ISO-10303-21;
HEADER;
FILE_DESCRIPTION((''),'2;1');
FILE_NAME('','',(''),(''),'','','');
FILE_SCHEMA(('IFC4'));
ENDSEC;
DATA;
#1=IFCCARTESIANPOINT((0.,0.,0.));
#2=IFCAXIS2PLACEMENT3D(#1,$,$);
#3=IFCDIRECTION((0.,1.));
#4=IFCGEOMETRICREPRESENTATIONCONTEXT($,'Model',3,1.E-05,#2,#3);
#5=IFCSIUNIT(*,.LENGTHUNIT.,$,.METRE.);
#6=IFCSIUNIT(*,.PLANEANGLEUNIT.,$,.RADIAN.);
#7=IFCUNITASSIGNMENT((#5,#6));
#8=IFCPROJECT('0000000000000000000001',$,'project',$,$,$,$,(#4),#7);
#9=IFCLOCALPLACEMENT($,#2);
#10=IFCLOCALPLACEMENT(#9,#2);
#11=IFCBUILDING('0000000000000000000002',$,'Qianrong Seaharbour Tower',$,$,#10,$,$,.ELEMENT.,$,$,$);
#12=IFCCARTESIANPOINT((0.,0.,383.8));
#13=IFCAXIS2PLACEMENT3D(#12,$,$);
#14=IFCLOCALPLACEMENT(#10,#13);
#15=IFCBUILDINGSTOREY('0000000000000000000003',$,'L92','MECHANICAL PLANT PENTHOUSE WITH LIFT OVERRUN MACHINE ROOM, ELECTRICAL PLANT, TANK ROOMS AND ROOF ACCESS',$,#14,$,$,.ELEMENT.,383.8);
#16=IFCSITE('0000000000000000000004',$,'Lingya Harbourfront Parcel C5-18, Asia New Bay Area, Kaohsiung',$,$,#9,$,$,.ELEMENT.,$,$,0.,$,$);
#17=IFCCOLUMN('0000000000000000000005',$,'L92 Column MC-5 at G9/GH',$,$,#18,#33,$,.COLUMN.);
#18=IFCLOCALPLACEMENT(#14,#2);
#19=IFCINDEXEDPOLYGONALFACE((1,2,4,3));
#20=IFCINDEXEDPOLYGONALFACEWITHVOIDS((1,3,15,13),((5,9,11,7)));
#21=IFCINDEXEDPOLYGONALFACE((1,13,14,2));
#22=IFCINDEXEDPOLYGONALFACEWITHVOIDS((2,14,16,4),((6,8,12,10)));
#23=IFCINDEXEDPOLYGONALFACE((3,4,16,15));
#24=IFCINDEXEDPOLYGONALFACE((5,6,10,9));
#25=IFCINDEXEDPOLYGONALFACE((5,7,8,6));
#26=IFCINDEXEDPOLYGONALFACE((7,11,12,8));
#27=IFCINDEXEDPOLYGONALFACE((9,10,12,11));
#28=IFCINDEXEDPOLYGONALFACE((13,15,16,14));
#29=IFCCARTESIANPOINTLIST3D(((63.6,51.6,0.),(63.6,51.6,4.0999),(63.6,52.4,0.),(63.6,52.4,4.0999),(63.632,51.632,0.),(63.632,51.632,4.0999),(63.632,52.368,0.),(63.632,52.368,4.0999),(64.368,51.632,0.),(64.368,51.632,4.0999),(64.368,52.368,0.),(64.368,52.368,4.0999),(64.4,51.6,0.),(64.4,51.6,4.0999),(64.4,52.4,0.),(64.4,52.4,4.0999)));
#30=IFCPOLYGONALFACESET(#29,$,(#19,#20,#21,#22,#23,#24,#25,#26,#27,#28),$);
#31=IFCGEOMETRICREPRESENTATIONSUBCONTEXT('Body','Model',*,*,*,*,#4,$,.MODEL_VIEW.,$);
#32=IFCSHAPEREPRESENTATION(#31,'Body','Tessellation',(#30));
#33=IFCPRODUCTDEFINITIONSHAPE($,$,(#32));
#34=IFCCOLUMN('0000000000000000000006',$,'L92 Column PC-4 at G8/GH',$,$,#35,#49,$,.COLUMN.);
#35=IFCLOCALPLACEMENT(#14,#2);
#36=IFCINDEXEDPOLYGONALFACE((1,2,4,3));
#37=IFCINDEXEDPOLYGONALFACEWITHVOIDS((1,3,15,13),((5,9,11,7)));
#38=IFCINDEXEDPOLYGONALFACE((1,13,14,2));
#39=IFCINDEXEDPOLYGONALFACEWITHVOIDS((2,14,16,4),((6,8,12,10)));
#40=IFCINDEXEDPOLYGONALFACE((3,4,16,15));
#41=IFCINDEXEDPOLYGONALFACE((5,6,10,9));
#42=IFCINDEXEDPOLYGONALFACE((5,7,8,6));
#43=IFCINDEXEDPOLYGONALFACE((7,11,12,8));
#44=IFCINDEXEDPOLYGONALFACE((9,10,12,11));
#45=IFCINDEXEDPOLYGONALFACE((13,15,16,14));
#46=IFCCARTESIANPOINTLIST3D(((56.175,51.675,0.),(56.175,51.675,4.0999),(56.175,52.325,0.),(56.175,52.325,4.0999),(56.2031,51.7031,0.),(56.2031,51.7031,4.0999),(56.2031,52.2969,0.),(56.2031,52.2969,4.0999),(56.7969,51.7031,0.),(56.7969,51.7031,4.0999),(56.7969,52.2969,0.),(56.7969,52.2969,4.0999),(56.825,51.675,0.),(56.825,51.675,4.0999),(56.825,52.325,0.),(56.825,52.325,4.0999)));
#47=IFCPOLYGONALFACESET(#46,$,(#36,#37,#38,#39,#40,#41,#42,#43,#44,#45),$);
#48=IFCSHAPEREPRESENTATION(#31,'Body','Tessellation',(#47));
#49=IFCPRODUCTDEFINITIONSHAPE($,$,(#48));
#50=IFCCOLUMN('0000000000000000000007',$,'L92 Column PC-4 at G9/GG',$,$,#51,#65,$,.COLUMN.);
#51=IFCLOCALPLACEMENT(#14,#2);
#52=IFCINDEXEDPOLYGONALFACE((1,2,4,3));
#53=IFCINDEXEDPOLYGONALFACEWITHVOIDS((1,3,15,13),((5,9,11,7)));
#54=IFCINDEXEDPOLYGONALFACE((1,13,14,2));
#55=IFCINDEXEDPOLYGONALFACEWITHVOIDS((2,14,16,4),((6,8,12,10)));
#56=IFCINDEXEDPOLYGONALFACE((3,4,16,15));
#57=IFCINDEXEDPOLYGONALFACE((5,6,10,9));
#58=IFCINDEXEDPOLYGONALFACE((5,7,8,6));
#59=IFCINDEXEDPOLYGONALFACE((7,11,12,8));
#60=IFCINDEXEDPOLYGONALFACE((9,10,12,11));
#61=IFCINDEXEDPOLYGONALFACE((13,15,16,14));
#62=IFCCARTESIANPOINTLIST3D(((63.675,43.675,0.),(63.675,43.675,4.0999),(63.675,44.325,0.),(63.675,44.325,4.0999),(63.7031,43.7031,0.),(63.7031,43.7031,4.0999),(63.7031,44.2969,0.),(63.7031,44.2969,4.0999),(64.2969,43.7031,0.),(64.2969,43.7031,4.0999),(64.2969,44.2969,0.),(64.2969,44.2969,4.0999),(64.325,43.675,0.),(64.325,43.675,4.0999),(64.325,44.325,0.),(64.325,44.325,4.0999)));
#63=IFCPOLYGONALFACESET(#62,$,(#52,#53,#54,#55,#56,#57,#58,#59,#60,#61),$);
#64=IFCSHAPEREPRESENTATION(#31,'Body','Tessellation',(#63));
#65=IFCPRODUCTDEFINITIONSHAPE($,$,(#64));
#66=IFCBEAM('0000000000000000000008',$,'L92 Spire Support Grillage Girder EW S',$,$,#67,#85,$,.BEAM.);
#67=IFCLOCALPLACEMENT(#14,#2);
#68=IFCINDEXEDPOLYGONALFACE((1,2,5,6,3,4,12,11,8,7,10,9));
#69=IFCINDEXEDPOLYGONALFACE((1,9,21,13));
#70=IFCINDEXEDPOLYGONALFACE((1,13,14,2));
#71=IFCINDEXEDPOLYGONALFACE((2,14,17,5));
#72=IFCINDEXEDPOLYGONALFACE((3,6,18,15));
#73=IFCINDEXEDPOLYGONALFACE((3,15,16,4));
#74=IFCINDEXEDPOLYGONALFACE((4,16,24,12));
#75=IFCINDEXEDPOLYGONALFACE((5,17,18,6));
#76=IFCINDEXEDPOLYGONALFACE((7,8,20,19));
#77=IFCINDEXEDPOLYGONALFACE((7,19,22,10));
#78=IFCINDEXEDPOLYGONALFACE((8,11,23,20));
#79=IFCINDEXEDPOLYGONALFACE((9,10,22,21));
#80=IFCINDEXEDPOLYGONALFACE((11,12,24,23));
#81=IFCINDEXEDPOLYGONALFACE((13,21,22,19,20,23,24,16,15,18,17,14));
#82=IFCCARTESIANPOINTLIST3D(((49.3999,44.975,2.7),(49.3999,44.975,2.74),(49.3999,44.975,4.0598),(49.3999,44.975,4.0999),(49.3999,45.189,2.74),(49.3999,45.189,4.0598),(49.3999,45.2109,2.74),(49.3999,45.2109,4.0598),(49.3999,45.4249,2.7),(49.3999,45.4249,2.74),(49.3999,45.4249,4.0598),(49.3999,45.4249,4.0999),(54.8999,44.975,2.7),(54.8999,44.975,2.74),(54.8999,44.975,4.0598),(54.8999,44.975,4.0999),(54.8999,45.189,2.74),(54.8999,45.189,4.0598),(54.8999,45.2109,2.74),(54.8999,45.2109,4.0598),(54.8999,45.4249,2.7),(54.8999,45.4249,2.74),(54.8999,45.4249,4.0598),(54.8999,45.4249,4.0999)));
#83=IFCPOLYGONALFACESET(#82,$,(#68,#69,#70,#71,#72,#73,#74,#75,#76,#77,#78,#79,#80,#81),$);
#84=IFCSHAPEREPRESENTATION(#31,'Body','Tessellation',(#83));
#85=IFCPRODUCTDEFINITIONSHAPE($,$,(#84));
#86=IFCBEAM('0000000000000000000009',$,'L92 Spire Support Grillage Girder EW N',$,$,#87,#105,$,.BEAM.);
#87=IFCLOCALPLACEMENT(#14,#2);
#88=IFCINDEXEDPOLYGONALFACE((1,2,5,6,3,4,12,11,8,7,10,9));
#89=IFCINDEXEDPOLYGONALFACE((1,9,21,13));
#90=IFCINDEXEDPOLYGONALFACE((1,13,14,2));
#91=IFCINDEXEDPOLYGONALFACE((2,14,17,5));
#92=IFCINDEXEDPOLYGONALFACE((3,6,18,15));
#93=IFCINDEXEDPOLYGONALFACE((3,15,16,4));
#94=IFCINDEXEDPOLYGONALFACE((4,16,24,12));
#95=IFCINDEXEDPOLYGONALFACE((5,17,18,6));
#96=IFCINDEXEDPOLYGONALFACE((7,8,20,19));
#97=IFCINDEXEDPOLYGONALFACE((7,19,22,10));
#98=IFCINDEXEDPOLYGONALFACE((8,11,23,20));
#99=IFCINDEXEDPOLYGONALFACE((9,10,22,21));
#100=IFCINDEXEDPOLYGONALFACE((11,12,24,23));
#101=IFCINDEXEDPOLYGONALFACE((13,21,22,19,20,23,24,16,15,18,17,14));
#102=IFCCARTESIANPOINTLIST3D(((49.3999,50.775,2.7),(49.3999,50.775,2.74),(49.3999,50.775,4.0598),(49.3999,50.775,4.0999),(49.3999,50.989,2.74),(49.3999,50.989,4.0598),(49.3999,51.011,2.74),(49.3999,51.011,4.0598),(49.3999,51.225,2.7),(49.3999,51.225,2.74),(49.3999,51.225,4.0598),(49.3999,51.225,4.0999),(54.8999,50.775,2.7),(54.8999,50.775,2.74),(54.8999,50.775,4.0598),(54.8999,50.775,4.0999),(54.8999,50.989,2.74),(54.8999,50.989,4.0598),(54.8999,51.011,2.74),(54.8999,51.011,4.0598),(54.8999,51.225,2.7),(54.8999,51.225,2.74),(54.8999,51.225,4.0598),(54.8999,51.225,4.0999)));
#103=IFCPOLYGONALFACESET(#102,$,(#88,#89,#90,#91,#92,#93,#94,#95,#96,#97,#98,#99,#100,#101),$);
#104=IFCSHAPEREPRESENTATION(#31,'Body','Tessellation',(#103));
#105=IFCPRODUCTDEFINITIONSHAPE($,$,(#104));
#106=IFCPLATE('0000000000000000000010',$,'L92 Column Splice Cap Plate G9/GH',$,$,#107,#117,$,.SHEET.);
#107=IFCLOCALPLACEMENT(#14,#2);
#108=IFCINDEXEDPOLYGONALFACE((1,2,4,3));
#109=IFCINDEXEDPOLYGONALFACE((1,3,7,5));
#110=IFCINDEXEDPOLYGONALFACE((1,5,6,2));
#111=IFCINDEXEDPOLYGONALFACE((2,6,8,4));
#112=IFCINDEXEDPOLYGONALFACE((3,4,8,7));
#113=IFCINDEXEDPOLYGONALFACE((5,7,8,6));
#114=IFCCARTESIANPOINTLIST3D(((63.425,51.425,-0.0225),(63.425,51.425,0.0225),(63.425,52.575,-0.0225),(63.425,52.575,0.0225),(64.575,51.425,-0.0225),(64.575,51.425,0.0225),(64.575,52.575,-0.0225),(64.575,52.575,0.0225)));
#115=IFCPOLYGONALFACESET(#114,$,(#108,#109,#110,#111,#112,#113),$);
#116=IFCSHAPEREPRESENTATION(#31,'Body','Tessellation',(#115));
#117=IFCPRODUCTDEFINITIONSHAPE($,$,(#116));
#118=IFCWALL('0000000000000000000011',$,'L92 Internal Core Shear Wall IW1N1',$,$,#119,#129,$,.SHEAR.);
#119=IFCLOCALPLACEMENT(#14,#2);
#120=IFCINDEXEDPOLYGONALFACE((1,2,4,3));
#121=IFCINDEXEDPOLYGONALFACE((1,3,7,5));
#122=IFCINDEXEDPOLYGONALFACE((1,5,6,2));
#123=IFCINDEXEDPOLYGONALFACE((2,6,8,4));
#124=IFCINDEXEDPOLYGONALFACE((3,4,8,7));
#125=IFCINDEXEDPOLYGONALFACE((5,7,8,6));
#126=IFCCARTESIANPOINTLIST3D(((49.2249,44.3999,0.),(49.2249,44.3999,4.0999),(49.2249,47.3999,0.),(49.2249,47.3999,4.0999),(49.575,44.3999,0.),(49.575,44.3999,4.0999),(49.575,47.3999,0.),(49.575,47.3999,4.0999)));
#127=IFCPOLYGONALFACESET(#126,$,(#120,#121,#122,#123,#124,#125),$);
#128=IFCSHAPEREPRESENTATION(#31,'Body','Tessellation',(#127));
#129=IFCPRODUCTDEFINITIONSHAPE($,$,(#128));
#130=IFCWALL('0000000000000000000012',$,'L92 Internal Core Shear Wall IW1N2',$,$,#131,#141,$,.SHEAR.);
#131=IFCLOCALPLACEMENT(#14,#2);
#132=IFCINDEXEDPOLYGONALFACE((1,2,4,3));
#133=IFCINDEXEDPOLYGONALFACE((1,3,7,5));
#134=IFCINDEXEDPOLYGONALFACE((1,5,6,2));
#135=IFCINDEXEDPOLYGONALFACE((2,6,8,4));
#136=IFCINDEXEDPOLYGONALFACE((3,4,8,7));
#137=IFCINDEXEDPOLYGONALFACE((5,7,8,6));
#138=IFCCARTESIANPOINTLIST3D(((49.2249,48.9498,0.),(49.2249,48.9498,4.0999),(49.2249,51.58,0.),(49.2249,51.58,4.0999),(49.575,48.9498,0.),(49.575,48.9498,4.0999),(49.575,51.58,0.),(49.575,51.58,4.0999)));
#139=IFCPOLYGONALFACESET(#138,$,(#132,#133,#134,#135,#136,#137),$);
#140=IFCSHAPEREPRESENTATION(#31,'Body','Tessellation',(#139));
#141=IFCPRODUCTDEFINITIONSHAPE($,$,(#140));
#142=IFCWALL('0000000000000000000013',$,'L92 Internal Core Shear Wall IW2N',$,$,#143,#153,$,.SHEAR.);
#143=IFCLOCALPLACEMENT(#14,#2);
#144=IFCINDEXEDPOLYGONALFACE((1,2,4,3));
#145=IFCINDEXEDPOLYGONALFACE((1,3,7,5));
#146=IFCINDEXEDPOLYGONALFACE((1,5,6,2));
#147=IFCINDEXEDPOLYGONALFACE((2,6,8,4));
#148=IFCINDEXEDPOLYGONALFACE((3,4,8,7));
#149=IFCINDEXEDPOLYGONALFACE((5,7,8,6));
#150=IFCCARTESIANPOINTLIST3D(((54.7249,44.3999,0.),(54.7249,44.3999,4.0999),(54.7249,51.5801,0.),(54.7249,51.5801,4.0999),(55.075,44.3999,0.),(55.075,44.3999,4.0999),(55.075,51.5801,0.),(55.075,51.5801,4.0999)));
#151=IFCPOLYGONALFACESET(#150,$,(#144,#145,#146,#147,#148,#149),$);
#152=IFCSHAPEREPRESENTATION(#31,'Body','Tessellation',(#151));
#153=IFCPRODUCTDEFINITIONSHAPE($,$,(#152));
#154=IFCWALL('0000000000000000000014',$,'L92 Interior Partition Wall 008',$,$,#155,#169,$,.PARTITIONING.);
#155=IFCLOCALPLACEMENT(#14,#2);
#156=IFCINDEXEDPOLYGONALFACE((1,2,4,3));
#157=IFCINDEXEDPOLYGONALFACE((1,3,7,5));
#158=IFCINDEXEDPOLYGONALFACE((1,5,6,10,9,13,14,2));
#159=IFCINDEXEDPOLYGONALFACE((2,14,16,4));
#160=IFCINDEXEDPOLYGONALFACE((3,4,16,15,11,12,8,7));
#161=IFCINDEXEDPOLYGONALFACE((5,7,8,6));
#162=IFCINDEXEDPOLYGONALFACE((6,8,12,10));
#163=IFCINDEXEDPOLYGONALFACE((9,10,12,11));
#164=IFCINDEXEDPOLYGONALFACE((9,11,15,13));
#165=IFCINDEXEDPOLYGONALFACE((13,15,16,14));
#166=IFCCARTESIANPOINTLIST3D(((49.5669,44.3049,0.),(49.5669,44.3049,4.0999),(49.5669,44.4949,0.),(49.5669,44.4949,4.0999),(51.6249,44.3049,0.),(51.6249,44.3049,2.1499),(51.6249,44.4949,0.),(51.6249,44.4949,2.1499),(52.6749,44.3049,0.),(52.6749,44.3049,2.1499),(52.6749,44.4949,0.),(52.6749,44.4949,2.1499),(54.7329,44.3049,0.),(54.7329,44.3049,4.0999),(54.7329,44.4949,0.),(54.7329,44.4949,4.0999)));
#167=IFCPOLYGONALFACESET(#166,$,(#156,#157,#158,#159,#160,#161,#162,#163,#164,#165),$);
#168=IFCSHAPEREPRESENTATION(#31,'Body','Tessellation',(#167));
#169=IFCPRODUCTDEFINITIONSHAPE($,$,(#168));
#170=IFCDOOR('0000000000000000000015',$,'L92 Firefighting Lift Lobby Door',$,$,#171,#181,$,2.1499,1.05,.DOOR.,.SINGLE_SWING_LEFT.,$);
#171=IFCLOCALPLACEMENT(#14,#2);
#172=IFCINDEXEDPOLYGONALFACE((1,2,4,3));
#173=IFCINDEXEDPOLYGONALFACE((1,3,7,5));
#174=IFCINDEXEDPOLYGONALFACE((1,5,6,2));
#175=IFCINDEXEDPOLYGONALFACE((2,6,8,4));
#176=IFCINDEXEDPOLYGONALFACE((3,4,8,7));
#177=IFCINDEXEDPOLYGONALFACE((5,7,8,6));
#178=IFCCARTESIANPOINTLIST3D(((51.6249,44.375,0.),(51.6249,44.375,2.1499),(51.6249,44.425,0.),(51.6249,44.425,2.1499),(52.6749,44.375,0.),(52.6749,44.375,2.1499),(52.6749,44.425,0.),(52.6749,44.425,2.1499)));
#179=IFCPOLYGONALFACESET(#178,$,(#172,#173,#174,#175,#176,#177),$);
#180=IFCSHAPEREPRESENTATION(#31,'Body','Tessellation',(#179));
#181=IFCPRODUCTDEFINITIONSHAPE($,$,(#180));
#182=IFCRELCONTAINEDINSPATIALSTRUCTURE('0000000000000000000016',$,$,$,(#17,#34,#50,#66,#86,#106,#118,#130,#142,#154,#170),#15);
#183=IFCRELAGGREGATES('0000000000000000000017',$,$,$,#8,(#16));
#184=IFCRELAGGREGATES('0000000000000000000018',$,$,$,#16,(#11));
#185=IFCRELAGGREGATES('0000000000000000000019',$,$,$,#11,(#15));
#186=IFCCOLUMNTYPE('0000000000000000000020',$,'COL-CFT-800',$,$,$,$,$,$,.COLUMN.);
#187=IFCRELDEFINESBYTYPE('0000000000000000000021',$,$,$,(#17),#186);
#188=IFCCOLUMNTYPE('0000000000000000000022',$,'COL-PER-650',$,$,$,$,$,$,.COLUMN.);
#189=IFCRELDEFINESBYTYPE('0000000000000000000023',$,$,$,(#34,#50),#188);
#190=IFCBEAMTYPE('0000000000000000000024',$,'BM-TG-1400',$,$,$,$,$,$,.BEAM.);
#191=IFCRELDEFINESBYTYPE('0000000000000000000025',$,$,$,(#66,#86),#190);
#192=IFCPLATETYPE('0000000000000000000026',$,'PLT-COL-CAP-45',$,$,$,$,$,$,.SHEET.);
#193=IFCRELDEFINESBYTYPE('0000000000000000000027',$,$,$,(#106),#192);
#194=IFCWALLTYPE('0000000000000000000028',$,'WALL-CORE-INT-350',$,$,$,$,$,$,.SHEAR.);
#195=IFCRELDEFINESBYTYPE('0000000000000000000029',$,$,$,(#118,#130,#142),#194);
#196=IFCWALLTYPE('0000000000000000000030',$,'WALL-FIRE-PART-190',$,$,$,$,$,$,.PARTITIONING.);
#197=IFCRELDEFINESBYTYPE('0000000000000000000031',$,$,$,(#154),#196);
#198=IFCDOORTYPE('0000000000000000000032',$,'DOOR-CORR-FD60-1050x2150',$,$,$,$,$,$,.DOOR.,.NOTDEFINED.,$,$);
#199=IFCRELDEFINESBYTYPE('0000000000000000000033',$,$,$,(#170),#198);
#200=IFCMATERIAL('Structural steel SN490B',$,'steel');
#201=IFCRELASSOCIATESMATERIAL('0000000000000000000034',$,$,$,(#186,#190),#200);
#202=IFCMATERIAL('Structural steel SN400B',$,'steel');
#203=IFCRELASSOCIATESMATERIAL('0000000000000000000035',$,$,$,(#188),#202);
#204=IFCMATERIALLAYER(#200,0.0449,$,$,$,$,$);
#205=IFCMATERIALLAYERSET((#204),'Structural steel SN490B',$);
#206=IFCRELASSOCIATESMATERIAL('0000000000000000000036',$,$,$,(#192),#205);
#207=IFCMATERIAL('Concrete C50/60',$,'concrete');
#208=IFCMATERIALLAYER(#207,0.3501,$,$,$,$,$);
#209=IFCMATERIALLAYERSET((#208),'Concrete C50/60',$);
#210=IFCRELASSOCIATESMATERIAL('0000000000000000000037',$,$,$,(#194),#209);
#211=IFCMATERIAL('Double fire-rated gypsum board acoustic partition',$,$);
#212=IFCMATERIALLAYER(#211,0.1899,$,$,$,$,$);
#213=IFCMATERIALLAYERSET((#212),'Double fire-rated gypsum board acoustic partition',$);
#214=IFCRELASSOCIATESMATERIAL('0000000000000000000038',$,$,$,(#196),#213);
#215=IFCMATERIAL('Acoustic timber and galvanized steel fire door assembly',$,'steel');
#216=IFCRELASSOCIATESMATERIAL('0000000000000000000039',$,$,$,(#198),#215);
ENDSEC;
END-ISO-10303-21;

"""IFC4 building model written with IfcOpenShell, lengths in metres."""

from ifc_helpers import new_model, si_unit, direction, frame, frame_2d, origin, origin_2d, place, context, subcontext, project, spatial, rectangle, hollow_rectangle, i_section, extrude, material, layer, layer_set, material_profile, profile_set, type_object, element, fill, save


model = new_model("IFC4")

# Units and contexts
model_context = context("Model", 3, precision=1e-05, world=origin(), true_north=direction((0.0, 1.0)))
body_context = subcontext(model_context, "Body", "Model", "MODEL_VIEW")
ifc_project = project(units=[si_unit("LENGTHUNIT", "METRE"), si_unit("PLANEANGLEUNIT", "RADIAN")], contexts=[model_context])

# Site, building, storey
site_placement = place(None, origin())
site = spatial("IfcSite", under=ifc_project, at=site_placement, Name="Lingya Harbourfront Parcel C5-18, Asia New Bay Area, Kaohsiung", CompositionType="ELEMENT", RefElevation=0.0)
building_placement = place(site_placement, origin())
building = spatial("IfcBuilding", under=site, at=building_placement, Name="Qianrong Seaharbour Tower", CompositionType="ELEMENT")
storey_placement = place(building_placement, frame((0.0, 0.0, 383.8)))
storey = spatial("IfcBuildingStorey", under=building, at=storey_placement, Name="L92", Description="MECHANICAL PLANT PENTHOUSE WITH LIFT OVERRUN MACHINE ROOM, ELECTRICAL PLANT, TANK ROOMS AND ROOF ACCESS", CompositionType="ELEMENT", Elevation=383.8)

# Columns
ifc_material_1 = material(Name="Structural steel SN490B", Category="steel")
ifc_material_profile_1 = material_profile(ifc_material_1, hollow_rectangle(XDim=0.8, YDim=0.8, WallThickness=0.032, at=origin_2d()), Name="BOX800x800x32")
ifc_profile_set_1 = profile_set([ifc_material_profile_1], Name="Structural steel SN490B")
column_type_1 = type_object("IfcColumnType", Name="COL-CFT-800", PredefinedType="COLUMN", material=ifc_profile_set_1)
column_placement = place(storey_placement, frame((64.0, 52.0, 0.0), z_axis=(0.0, 0.0, 1.0), x_axis=(1.0, 0.0, 0.0)))
element("IfcColumn", 1, at=column_placement, inside=storey, type_object=column_type_1, Name="L92 Column MC-5 at G9/GH", PredefinedType="COLUMN", context=body_context, shape_type="SweptSolid", body=[
    extrude(hollow_rectangle(XDim=0.8, YDim=0.8, WallThickness=0.032, at=origin_2d()), origin(), (0.0, 0.0, 1.0), 4.0999),
])
ifc_material_2 = material(Name="Structural steel SN400B", Category="steel")
ifc_material_profile_2 = material_profile(ifc_material_2, hollow_rectangle(XDim=0.6499, YDim=0.6499, WallThickness=0.0281, at=origin_2d()), Name="BOX650x650x28")
ifc_profile_set_2 = profile_set([ifc_material_profile_2], Name="Structural steel SN400B")
column_type_2 = type_object("IfcColumnType", Name="COL-PER-650", PredefinedType="COLUMN", material=ifc_profile_set_2)
for number, where, z_axis, x_axis, name in (
    (2, (56.5, 52.0, 0.0), (0.0, 0.0, 1.0), (1.0, 0.0, 0.0), "L92 Column PC-4 at G8/GH"),
    (3, (64.0, 44.0, 0.0), (0.0, 0.0, 1.0), (1.0, 0.0, 0.0), "L92 Column PC-4 at G9/GG"),
):
    element("IfcColumn", number, at=place(storey_placement, frame(where, z_axis=z_axis, x_axis=x_axis)), inside=storey, type_object=column_type_2, Name=name, PredefinedType="COLUMN", context=body_context, shape_type="SweptSolid", body=[
        extrude(hollow_rectangle(XDim=0.6499, YDim=0.6499, WallThickness=0.0281, at=origin_2d()), origin(), (0.0, 0.0, 1.0), 4.0999),
    ])

# Beams
ifc_material_profile_3 = material_profile(ifc_material_1, i_section(OverallWidth=0.45, OverallDepth=1.3999, WebThickness=0.022, FlangeThickness=0.04, at=origin_2d()), Name="BH1400x450x22x40")
ifc_profile_set_3 = profile_set([ifc_material_profile_3], Name="Structural steel SN490B")
beam_type = type_object("IfcBeamType", Name="BM-TG-1400", PredefinedType="BEAM", material=ifc_profile_set_3)
for number, where, z_axis, x_axis, name in (
    (4, (49.3999, 45.2, 3.3999), (1.0, 0.0, 0.0), (0.0, 1.0, 0.0), "L92 Spire Support Grillage Girder EW S"),
    (5, (49.3999, 51.0, 3.3999), (1.0, 0.0, 0.0), (0.0, 1.0, 0.0), "L92 Spire Support Grillage Girder EW N"),
):
    element("IfcBeam", number, at=place(storey_placement, frame(where, z_axis=z_axis, x_axis=x_axis)), inside=storey, type_object=beam_type, Name=name, PredefinedType="BEAM", context=body_context, shape_type="SweptSolid", body=[
        extrude(i_section(OverallWidth=0.45, OverallDepth=1.3999, WebThickness=0.022, FlangeThickness=0.04, at=origin_2d()), origin(), (0.0, 0.0, 1.0), 5.5),
    ])

# Plate
ifc_layer_1 = layer(ifc_material_1, 0.0449)
ifc_layer_set_1 = layer_set([ifc_layer_1], Name="Structural steel SN490B")
plate_type = type_object("IfcPlateType", Name="PLT-COL-CAP-45", PredefinedType="SHEET", material=ifc_layer_set_1)
plate_placement = place(storey_placement, frame((64.0, 52.0, -0.0225), z_axis=(0.0, 0.0, 1.0), x_axis=(1.0, 0.0, 0.0)))
element("IfcPlate", 6, at=plate_placement, inside=storey, type_object=plate_type, Name="L92 Column Splice Cap Plate G9/GH", PredefinedType="SHEET", context=body_context, shape_type="SweptSolid", body=[
    extrude(rectangle(XDim=1.1499, YDim=1.1499, at=origin_2d()), origin(), (0.0, 0.0, 1.0), 0.0449),
])

# Walls
ifc_material_3 = material(Name="Concrete C50/60", Category="concrete")
ifc_layer_2 = layer(ifc_material_3, 0.3501)
ifc_layer_set_2 = layer_set([ifc_layer_2], Name="Concrete C50/60")
wall_type_1 = type_object("IfcWallType", Name="WALL-CORE-INT-350", PredefinedType="SHEAR", material=ifc_layer_set_2)
wall_1_placement = place(storey_placement, frame((49.3999, 44.3999, 0.0), z_axis=(0.0, 0.0, 1.0), x_axis=(0.0, 1.0, 0.0)))
element("IfcWall", 7, at=wall_1_placement, inside=storey, type_object=wall_type_1, Name="L92 Internal Core Shear Wall IW1N1", PredefinedType="SHEAR", context=body_context, shape_type="SweptSolid", body=[
    extrude(rectangle(XDim=3.0, YDim=0.3501, at=frame_2d((1.5, 0.0))), origin(), (0.0, 0.0, 1.0), 4.0999),
])
wall_2_placement = place(storey_placement, frame((49.3999, 48.95, 0.0), z_axis=(0.0, 0.0, 1.0), x_axis=(0.0, 1.0, 0.0)))
element("IfcWall", 8, at=wall_2_placement, inside=storey, type_object=wall_type_1, Name="L92 Internal Core Shear Wall IW1N2", PredefinedType="SHEAR", context=body_context, shape_type="SweptSolid", body=[
    extrude(rectangle(XDim=2.6301, YDim=0.3501, at=frame_2d((1.3149, 0.0))), origin(), (0.0, 0.0, 1.0), 4.0999),
])
wall_3_placement = place(storey_placement, frame((54.8999, 44.3999, 0.0), z_axis=(0.0, 0.0, 1.0), x_axis=(0.0, 1.0, 0.0)))
element("IfcWall", 9, at=wall_3_placement, inside=storey, type_object=wall_type_1, Name="L92 Internal Core Shear Wall IW2N", PredefinedType="SHEAR", context=body_context, shape_type="SweptSolid", body=[
    extrude(rectangle(XDim=7.1802, YDim=0.3501, at=frame_2d((3.5901, 0.0))), origin(), (0.0, 0.0, 1.0), 4.0999),
])

# Wall, opening, door
ifc_material_4 = material(Name="Double fire-rated gypsum board acoustic partition")
ifc_layer_3 = layer(ifc_material_4, 0.1899)
ifc_layer_set_3 = layer_set([ifc_layer_3], Name="Double fire-rated gypsum board acoustic partition")
wall_type_2 = type_object("IfcWallType", Name="WALL-FIRE-PART-190", PredefinedType="PARTITIONING", material=ifc_layer_set_3)
wall_4_placement = place(storey_placement, frame((54.7329, 44.3999, 0.0), z_axis=(0.0, 0.0, 1.0), x_axis=(-1.0, 0.0, 0.0)))
wall_4 = element("IfcWall", 10, at=wall_4_placement, inside=storey, type_object=wall_type_2, Name="L92 Interior Partition Wall 008", PredefinedType="PARTITIONING", context=body_context, shape_type="SweptSolid", body=[
    extrude(rectangle(XDim=5.166, YDim=0.1899, at=frame_2d((2.583, 0.0))), origin(), (0.0, 0.0, 1.0), 4.0999),
])
opening_1_placement = place(wall_4_placement, frame((2.0581, 0.0, 0.0)))
opening_1 = element("IfcOpeningElement", 11, at=opening_1_placement, cuts=wall_4, PredefinedType="OPENING", context=body_context, shape_type="SweptSolid", body=[
    extrude(rectangle(XDim=1.05, YDim=2.1499, at=frame_2d((0.5249, 1.075))), frame((0.0, 0.105, 0.0), z_axis=(0.0, -1.0, 0.0), x_axis=(1.0, 0.0, 0.0)), (0.0, 0.0, 1.0), 0.21),
])
ifc_material_5 = material(Name="Acoustic timber and galvanized steel fire door assembly", Category="steel")
door_type_1 = type_object("IfcDoorType", Name="DOOR-CORR-FD60-1050x2150", OperationType="NOTDEFINED", PredefinedType="DOOR", material=ifc_material_5)
door_1_placement = place(opening_1_placement, origin())
door_1 = element("IfcDoor", 12, at=door_1_placement, inside=storey, type_object=door_type_1, Name="L92 Firefighting Lift Lobby Door", OperationType="SINGLE_SWING_LEFT", OverallHeight=2.1499, OverallWidth=1.05, PredefinedType="DOOR", context=body_context, shape_type="SweptSolid", body=[
    extrude(rectangle(XDim=1.05, YDim=2.1499, at=frame_2d((0.5249, 1.075))), frame((0.0, 0.0249, 0.0), z_axis=(0.0, -1.0, 0.0), x_axis=(1.0, 0.0, 0.0)), (0.0, 0.0, 1.0), 0.05),
])
fill(opening_1, door_1)

save(model, "model.ifc")
